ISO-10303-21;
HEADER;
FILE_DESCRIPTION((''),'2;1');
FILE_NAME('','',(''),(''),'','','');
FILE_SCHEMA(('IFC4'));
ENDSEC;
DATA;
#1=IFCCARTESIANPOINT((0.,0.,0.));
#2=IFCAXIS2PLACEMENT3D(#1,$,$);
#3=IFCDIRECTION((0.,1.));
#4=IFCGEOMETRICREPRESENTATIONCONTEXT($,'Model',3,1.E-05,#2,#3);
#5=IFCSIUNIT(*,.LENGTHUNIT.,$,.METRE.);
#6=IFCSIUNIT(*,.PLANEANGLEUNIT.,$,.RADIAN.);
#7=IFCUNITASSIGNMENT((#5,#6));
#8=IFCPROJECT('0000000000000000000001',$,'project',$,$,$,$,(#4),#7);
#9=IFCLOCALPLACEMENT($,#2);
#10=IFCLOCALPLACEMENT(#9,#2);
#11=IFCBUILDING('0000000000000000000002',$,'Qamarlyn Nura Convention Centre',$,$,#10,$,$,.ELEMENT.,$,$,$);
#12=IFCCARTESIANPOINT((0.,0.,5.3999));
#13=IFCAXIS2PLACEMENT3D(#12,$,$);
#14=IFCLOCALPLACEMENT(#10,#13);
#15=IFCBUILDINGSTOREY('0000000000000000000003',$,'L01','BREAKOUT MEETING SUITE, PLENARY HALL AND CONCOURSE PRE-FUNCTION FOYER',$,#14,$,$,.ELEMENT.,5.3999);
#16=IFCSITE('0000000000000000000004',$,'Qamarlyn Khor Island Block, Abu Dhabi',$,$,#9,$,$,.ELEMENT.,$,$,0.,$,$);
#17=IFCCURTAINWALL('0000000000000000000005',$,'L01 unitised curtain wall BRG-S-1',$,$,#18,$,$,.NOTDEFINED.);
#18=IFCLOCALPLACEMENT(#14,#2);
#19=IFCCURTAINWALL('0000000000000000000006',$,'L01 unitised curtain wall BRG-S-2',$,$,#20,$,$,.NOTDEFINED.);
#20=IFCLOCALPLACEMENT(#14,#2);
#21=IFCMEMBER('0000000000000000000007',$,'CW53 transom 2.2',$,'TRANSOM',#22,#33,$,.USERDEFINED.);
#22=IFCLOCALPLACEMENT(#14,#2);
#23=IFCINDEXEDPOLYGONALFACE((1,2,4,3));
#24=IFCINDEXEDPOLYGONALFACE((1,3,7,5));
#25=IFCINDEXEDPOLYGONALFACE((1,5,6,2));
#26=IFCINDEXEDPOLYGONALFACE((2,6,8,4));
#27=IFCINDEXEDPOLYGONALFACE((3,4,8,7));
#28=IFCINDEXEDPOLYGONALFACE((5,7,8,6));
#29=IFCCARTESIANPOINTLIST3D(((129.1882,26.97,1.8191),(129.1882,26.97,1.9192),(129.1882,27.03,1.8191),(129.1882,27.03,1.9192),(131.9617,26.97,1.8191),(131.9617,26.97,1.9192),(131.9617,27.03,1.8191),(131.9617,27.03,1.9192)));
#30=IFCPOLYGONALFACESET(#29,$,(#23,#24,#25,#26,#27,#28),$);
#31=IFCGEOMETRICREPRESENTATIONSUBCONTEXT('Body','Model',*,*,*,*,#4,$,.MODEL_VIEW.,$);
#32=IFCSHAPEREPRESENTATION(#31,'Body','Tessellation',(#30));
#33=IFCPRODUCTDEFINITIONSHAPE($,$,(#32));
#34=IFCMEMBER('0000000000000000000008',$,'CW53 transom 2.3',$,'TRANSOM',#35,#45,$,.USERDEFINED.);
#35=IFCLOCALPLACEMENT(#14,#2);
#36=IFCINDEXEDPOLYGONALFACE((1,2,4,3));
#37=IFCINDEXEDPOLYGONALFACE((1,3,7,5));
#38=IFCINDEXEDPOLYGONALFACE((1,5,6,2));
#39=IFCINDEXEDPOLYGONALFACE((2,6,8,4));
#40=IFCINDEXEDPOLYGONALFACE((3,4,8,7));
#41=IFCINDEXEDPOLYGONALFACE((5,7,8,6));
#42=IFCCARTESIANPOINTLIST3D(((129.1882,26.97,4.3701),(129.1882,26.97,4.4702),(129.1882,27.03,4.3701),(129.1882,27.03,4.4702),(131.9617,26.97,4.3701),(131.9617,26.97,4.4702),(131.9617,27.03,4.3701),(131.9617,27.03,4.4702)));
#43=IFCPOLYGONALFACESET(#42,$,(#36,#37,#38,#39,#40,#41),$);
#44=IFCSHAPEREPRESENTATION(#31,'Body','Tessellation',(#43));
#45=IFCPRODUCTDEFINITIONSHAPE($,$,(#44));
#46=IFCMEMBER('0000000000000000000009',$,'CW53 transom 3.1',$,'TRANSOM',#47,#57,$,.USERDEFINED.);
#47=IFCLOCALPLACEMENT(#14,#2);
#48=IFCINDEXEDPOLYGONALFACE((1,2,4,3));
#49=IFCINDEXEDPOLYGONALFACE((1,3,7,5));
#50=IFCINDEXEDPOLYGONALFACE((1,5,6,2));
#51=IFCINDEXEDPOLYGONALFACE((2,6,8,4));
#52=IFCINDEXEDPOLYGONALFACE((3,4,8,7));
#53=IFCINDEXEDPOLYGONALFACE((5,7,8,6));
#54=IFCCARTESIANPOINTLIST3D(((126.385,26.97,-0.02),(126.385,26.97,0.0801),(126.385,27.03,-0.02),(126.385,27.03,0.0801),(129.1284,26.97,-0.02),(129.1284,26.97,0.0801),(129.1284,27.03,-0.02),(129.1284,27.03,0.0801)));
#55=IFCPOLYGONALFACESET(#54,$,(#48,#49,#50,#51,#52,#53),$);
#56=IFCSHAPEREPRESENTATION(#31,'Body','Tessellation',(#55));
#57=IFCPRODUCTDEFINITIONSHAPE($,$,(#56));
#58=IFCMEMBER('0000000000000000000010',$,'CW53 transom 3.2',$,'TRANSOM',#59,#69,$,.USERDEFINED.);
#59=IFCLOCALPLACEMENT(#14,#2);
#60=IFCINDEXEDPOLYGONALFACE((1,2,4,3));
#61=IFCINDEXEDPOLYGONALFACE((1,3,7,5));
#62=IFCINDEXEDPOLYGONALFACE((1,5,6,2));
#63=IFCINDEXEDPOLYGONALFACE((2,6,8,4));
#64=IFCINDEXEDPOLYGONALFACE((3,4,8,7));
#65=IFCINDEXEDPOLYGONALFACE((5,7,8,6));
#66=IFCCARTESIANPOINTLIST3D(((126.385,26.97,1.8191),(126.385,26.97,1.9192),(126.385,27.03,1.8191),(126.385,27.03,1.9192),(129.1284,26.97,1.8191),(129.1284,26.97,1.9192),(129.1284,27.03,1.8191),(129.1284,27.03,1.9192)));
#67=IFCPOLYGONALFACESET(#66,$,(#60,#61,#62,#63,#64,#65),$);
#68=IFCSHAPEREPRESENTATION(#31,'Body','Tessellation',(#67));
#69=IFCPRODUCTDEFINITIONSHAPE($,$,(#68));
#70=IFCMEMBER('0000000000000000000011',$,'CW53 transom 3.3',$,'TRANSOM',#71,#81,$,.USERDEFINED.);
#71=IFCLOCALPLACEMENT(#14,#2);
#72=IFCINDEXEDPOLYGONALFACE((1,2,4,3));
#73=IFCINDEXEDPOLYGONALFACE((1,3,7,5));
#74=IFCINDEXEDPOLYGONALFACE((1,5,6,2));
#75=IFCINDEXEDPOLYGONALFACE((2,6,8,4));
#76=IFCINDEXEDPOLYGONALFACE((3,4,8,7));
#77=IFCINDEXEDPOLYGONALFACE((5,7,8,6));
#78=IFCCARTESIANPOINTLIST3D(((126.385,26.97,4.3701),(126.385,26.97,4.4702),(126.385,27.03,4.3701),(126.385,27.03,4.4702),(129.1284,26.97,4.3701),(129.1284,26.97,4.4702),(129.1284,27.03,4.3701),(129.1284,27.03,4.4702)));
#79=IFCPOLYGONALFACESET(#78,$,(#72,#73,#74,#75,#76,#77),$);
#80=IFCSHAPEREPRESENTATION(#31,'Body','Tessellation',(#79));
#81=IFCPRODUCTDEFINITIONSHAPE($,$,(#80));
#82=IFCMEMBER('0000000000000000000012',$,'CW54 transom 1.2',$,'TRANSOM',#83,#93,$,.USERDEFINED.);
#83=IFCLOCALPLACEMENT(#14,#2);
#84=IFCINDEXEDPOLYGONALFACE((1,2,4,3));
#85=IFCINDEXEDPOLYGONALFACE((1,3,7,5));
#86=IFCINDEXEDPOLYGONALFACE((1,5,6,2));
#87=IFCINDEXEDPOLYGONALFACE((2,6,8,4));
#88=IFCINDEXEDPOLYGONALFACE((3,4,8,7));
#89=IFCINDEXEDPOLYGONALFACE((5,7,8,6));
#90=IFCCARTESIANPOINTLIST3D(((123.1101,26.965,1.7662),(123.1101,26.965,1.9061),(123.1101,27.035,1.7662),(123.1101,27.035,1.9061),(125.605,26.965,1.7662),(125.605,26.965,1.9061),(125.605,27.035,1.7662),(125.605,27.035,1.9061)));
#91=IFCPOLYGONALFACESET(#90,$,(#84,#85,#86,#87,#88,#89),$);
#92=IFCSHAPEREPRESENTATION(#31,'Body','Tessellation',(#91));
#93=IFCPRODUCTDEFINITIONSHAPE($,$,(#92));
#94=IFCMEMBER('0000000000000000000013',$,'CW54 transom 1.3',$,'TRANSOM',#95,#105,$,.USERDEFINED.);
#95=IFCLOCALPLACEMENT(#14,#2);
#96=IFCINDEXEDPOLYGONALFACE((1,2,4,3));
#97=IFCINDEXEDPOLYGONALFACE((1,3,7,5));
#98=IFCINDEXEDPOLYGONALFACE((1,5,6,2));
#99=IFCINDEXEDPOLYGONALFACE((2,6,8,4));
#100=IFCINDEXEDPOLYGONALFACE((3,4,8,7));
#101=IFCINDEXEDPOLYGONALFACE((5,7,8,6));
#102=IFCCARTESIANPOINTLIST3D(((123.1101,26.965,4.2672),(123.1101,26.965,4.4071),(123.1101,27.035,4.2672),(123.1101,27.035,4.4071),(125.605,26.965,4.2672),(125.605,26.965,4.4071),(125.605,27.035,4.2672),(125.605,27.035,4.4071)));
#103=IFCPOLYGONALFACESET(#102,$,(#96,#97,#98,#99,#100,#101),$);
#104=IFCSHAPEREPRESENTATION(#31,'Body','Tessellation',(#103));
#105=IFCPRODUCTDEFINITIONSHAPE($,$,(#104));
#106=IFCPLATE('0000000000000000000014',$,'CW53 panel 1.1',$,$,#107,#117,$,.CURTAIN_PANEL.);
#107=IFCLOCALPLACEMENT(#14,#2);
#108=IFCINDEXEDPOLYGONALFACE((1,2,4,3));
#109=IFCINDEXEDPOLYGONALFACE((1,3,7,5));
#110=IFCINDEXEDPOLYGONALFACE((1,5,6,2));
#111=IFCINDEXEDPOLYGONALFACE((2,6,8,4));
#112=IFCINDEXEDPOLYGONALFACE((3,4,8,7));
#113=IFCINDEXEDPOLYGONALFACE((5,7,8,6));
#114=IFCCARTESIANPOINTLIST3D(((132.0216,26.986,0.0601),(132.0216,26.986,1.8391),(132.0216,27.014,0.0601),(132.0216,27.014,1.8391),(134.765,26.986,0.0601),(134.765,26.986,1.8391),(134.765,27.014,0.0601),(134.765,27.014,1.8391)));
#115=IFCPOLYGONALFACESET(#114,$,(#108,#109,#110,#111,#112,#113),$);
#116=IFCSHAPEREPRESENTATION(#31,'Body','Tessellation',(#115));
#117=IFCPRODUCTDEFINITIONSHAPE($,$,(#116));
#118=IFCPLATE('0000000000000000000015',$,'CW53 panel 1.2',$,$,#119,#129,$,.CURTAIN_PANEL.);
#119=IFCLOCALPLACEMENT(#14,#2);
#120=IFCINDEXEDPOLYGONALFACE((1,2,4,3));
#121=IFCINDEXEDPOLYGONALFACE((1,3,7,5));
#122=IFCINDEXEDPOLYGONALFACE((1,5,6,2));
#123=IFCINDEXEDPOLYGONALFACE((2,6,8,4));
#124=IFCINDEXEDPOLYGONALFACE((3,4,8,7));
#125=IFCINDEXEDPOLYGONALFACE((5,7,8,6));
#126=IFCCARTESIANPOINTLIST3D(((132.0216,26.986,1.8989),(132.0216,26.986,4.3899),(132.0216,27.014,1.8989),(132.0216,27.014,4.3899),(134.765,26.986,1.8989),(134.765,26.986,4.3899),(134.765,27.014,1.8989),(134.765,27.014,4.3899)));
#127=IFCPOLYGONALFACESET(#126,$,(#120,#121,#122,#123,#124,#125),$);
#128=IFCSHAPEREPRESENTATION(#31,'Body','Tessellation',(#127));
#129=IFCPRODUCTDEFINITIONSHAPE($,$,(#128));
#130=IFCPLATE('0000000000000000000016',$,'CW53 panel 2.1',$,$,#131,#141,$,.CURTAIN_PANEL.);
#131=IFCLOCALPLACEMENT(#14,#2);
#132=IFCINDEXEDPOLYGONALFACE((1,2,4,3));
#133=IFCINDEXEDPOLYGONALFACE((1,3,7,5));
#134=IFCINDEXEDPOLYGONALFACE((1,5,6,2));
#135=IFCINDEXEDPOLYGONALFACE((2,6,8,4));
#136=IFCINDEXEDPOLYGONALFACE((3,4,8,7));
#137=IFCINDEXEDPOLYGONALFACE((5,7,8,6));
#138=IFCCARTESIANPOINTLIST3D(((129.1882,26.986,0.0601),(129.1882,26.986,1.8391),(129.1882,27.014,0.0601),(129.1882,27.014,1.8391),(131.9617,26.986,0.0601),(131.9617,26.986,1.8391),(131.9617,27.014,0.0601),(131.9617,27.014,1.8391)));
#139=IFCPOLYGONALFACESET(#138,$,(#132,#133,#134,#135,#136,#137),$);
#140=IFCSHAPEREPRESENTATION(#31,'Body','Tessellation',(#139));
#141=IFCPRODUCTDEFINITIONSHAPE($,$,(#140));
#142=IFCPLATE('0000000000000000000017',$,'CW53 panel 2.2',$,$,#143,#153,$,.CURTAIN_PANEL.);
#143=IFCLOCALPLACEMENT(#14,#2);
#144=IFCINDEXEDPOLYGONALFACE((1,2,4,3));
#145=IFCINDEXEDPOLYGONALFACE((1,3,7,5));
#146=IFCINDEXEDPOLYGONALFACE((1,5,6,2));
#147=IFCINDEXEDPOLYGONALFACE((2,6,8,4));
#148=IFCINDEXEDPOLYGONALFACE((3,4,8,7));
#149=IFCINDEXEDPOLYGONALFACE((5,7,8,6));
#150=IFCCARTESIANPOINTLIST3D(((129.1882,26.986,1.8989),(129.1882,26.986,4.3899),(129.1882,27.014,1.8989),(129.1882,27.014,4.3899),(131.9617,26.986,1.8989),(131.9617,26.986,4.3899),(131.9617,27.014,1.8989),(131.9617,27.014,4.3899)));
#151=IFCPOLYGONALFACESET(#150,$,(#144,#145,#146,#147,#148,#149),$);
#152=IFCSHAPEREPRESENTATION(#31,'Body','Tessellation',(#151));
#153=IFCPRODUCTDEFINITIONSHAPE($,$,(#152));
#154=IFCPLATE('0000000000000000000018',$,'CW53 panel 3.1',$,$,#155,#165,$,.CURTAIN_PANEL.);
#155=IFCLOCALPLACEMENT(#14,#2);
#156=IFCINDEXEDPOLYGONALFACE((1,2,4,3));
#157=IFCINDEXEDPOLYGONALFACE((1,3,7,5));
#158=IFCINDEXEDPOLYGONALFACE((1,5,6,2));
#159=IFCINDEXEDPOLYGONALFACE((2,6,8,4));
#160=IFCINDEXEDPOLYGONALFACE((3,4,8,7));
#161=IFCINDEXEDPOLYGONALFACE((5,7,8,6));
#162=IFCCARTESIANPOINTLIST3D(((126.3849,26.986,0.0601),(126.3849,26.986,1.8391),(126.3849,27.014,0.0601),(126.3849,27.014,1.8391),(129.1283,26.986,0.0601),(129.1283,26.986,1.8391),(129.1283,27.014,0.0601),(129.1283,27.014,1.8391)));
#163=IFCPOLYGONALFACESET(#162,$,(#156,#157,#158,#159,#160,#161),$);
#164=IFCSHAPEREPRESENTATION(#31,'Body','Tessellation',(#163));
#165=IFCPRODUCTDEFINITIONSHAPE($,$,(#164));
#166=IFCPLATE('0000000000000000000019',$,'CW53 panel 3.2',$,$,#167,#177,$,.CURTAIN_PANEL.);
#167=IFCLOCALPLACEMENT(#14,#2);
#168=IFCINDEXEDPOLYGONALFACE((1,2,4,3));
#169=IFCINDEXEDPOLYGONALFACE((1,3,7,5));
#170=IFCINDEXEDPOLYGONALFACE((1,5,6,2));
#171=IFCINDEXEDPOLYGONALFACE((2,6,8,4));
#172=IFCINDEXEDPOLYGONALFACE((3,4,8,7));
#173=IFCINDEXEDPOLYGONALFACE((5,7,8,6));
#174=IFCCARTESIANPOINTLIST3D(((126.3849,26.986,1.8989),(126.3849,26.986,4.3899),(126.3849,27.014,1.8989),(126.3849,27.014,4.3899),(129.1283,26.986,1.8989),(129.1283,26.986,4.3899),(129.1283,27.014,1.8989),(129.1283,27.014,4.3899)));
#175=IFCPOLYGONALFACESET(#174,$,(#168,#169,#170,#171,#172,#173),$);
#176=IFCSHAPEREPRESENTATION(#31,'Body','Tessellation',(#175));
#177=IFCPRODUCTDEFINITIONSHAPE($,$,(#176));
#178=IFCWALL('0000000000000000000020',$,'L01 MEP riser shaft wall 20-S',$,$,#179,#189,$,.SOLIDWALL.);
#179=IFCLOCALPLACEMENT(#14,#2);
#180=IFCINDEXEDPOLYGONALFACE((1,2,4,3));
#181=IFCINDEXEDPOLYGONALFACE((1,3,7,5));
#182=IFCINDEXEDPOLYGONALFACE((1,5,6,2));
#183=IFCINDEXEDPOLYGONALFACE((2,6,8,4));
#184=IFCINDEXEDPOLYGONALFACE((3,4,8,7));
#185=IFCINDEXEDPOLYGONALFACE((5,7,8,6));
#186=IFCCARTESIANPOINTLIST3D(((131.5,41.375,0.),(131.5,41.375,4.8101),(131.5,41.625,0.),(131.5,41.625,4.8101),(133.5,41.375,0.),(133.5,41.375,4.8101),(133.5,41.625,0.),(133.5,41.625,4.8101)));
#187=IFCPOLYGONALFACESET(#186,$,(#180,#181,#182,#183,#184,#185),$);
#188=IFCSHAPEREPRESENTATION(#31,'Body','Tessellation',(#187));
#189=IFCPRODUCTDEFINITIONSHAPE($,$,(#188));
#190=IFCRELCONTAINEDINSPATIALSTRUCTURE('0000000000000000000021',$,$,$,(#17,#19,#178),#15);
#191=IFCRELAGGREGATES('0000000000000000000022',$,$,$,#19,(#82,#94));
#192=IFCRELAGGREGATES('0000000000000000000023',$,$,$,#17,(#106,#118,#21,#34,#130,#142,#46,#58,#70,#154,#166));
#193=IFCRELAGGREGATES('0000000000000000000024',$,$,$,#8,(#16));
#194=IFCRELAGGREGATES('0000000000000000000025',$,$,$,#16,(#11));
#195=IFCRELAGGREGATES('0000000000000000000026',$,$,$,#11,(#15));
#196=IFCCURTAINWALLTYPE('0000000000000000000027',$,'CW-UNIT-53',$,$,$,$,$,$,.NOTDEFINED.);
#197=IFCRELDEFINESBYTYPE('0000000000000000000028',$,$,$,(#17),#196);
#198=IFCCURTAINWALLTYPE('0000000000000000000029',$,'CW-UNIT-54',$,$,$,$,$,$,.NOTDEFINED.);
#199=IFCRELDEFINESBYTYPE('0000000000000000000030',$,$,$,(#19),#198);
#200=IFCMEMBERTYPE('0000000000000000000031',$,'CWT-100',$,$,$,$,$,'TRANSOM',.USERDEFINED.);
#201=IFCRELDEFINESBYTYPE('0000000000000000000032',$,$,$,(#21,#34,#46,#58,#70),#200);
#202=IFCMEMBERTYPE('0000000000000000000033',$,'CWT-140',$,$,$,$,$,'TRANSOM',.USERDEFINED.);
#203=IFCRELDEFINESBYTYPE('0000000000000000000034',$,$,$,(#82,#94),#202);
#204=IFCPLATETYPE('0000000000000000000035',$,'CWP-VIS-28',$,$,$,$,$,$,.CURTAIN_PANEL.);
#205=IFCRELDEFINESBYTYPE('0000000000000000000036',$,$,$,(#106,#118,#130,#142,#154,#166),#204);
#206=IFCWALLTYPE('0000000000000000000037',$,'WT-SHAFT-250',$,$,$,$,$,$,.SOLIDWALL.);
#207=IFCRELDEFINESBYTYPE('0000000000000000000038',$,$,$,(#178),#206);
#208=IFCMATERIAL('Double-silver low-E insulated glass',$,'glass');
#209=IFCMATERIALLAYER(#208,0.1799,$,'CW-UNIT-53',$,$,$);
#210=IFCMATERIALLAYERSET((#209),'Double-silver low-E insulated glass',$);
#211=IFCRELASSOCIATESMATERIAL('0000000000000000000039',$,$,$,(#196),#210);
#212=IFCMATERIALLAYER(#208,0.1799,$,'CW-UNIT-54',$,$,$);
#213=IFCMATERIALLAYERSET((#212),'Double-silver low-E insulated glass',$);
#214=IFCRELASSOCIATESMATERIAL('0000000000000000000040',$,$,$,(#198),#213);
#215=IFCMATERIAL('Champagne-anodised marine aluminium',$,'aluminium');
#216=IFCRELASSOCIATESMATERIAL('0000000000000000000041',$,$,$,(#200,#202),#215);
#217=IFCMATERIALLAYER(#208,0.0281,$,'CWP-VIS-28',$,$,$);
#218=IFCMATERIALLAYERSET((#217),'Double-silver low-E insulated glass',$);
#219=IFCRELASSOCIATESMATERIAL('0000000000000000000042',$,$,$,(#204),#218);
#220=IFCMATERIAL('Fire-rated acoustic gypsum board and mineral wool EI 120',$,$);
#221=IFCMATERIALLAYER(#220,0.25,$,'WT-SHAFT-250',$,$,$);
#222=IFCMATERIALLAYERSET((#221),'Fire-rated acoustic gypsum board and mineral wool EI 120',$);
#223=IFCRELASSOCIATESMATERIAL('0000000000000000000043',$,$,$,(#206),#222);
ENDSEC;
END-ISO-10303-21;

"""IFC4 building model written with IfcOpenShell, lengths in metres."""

from ifc_helpers import new_model, si_unit, direction, frame, frame_2d, origin, origin_2d, place, context, subcontext, project, spatial, rectangle, extrude, material, layer, layer_set, material_profile, profile_set, type_object, element, aggregate, save


model = new_model("IFC4")

# Units and contexts
model_context = context("Model", 3, precision=1e-05, world=origin(), true_north=direction((0.0, 1.0)))
body_context = subcontext(model_context, "Body", "Model", "MODEL_VIEW")
ifc_project = project(units=[si_unit("LENGTHUNIT", "METRE"), si_unit("PLANEANGLEUNIT", "RADIAN")], contexts=[model_context])

# Site, building, storey
site_placement = place(None, origin())
site = spatial("IfcSite", under=ifc_project, at=site_placement, Name="Qamarlyn Khor Island Block, Abu Dhabi", CompositionType="ELEMENT", RefElevation=0.0)
building_placement = place(site_placement, origin())
building = spatial("IfcBuilding", under=site, at=building_placement, Name="Qamarlyn Nura Convention Centre", CompositionType="ELEMENT")
storey_placement = place(building_placement, frame((0.0, 0.0, 5.3999)))
storey = spatial("IfcBuildingStorey", under=building, at=storey_placement, Name="L01", Description="BREAKOUT MEETING SUITE, PLENARY HALL AND CONCOURSE PRE-FUNCTION FOYER", CompositionType="ELEMENT", Elevation=5.3999)

# Curtain wall
ifc_material_1 = material(Name="Double-silver low-E insulated glass", Category="glass")
ifc_layer_1 = layer(ifc_material_1, 0.1799, Name="CW-UNIT-53")
ifc_layer_set_1 = layer_set([ifc_layer_1], Name="Double-silver low-E insulated glass")
curtain_wall_type_1 = type_object("IfcCurtainWallType", Name="CW-UNIT-53", PredefinedType="NOTDEFINED", material=ifc_layer_set_1)
curtain_wall_1_placement = place(storey_placement, origin())
curtain_wall_1 = element("IfcCurtainWall", 1, at=curtain_wall_1_placement, inside=storey, type_object=curtain_wall_type_1, Name="L01 unitised curtain wall BRG-S-1", PredefinedType="NOTDEFINED")
ifc_material_2 = material(Name="Champagne-anodised marine aluminium", Category="aluminium")

# Curtain wall
ifc_layer_2 = layer(ifc_material_1, 0.1799, Name="CW-UNIT-54")
ifc_layer_set_2 = layer_set([ifc_layer_2], Name="Double-silver low-E insulated glass")
curtain_wall_type_2 = type_object("IfcCurtainWallType", Name="CW-UNIT-54", PredefinedType="NOTDEFINED", material=ifc_layer_set_2)
curtain_wall_2_placement = place(storey_placement, origin())
curtain_wall_2 = element("IfcCurtainWall", 2, at=curtain_wall_2_placement, inside=storey, type_object=curtain_wall_type_2, Name="L01 unitised curtain wall BRG-S-2", PredefinedType="NOTDEFINED")

# Members
ifc_material_profile_1 = material_profile(ifc_material_2, rectangle(XDim=0.0601, YDim=0.1001, at=origin_2d()), Name="ALU TRANSOM 60x100")
ifc_profile_set_1 = profile_set([ifc_material_profile_1], Name="Champagne-anodised marine aluminium")
member_type_1 = type_object("IfcMemberType", Name="CWT-100", ElementType="TRANSOM", PredefinedType="USERDEFINED", material=ifc_profile_set_1)
member_1_placement = place(storey_placement, frame((131.9617, 27.0, 1.8691), z_axis=(-1.0, 0.0, 0.0), x_axis=(0.0, -1.0, 0.0)))
member_1 = element("IfcMember", 3, at=member_1_placement, type_object=member_type_1, Name="CW53 transom 2.2", ObjectType="TRANSOM", PredefinedType="USERDEFINED", context=body_context, shape_type="SweptSolid", body=[
    extrude(rectangle(XDim=0.0601, YDim=0.1001, at=origin_2d()), origin(), (0.0, 0.0, 1.0), 2.7734),
])
member_2_placement = place(storey_placement, frame((131.9617, 27.0, 4.4202), z_axis=(-1.0, 0.0, 0.0), x_axis=(0.0, -1.0, 0.0)))
member_2 = element("IfcMember", 4, at=member_2_placement, type_object=member_type_1, Name="CW53 transom 2.3", ObjectType="TRANSOM", PredefinedType="USERDEFINED", context=body_context, shape_type="SweptSolid", body=[
    extrude(rectangle(XDim=0.0601, YDim=0.1001, at=origin_2d()), origin(), (0.0, 0.0, 1.0), 2.7734),
])
member_3_placement = place(storey_placement, frame((129.1284, 27.0, 0.03), z_axis=(-1.0, 0.0, 0.0), x_axis=(0.0, -1.0, 0.0)))
member_3 = element("IfcMember", 5, at=member_3_placement, type_object=member_type_1, Name="CW53 transom 3.1", ObjectType="TRANSOM", PredefinedType="USERDEFINED", context=body_context, shape_type="SweptSolid", body=[
    extrude(rectangle(XDim=0.0601, YDim=0.1001, at=origin_2d()), origin(), (0.0, 0.0, 1.0), 2.7434),
])
member_4_placement = place(storey_placement, frame((129.1284, 27.0, 1.8691), z_axis=(-1.0, 0.0, 0.0), x_axis=(0.0, -1.0, 0.0)))
member_4 = element("IfcMember", 6, at=member_4_placement, type_object=member_type_1, Name="CW53 transom 3.2", ObjectType="TRANSOM", PredefinedType="USERDEFINED", context=body_context, shape_type="SweptSolid", body=[
    extrude(rectangle(XDim=0.0601, YDim=0.1001, at=origin_2d()), origin(), (0.0, 0.0, 1.0), 2.7434),
])
member_5_placement = place(storey_placement, frame((129.1284, 27.0, 4.4202), z_axis=(-1.0, 0.0, 0.0), x_axis=(0.0, -1.0, 0.0)))
member_5 = element("IfcMember", 7, at=member_5_placement, type_object=member_type_1, Name="CW53 transom 3.3", ObjectType="TRANSOM", PredefinedType="USERDEFINED", context=body_context, shape_type="SweptSolid", body=[
    extrude(rectangle(XDim=0.0601, YDim=0.1001, at=origin_2d()), origin(), (0.0, 0.0, 1.0), 2.7434),
])
ifc_material_profile_2 = material_profile(ifc_material_2, rectangle(XDim=0.0701, YDim=0.1399, at=origin_2d()), Name="ALU TRANSOM 70x140")
ifc_profile_set_2 = profile_set([ifc_material_profile_2], Name="Champagne-anodised marine aluminium")
member_type_2 = type_object("IfcMemberType", Name="CWT-140", ElementType="TRANSOM", PredefinedType="USERDEFINED", material=ifc_profile_set_2)
member_6_placement = place(storey_placement, frame((125.605, 27.0, 1.8362), z_axis=(-1.0, 0.0, 0.0), x_axis=(0.0, -1.0, 0.0)))
member_6 = element("IfcMember", 8, at=member_6_placement, type_object=member_type_2, Name="CW54 transom 1.2", ObjectType="TRANSOM", PredefinedType="USERDEFINED", context=body_context, shape_type="SweptSolid", body=[
    extrude(rectangle(XDim=0.0701, YDim=0.1399, at=origin_2d()), origin(), (0.0, 0.0, 1.0), 2.4949),
])
member_7_placement = place(storey_placement, frame((125.605, 27.0, 4.3372), z_axis=(-1.0, 0.0, 0.0), x_axis=(0.0, -1.0, 0.0)))
member_7 = element("IfcMember", 9, at=member_7_placement, type_object=member_type_2, Name="CW54 transom 1.3", ObjectType="TRANSOM", PredefinedType="USERDEFINED", context=body_context, shape_type="SweptSolid", body=[
    extrude(rectangle(XDim=0.0701, YDim=0.1399, at=origin_2d()), origin(), (0.0, 0.0, 1.0), 2.4949),
])
aggregate(curtain_wall_2, [member_6, member_7])

# Plates
ifc_layer_3 = layer(ifc_material_1, 0.0281, Name="CWP-VIS-28")
ifc_layer_set_3 = layer_set([ifc_layer_3], Name="Double-silver low-E insulated glass")
plate_type = type_object("IfcPlateType", Name="CWP-VIS-28", PredefinedType="CURTAIN_PANEL", material=ifc_layer_set_3)
plate_1_placement = place(storey_placement, frame((133.3933, 27.0, 0.0601), z_axis=(0.0, 0.0, 1.0), x_axis=(-1.0, 0.0, 0.0)))
plate_1 = element("IfcPlate", 10, at=plate_1_placement, type_object=plate_type, Name="CW53 panel 1.1", PredefinedType="CURTAIN_PANEL", context=body_context, shape_type="SweptSolid", body=[
    extrude(rectangle(XDim=2.7434, YDim=0.0281, at=origin_2d()), origin(), (0.0, 0.0, 1.0), 1.7791),
])
plate_2_placement = place(storey_placement, frame((133.3933, 27.0, 1.8989), z_axis=(0.0, 0.0, 1.0), x_axis=(-1.0, 0.0, 0.0)))
plate_2 = element("IfcPlate", 11, at=plate_2_placement, type_object=plate_type, Name="CW53 panel 1.2", PredefinedType="CURTAIN_PANEL", context=body_context, shape_type="SweptSolid", body=[
    extrude(rectangle(XDim=2.7434, YDim=0.0281, at=origin_2d()), origin(), (0.0, 0.0, 1.0), 2.491),
])
plate_3_placement = place(storey_placement, frame((130.575, 27.0, 0.0601), z_axis=(0.0, 0.0, 1.0), x_axis=(-1.0, 0.0, 0.0)))
plate_3 = element("IfcPlate", 12, at=plate_3_placement, type_object=plate_type, Name="CW53 panel 2.1", PredefinedType="CURTAIN_PANEL", context=body_context, shape_type="SweptSolid", body=[
    extrude(rectangle(XDim=2.7734, YDim=0.0281, at=origin_2d()), origin(), (0.0, 0.0, 1.0), 1.7791),
])
plate_4_placement = place(storey_placement, frame((130.575, 27.0, 1.8989), z_axis=(0.0, 0.0, 1.0), x_axis=(-1.0, 0.0, 0.0)))
plate_4 = element("IfcPlate", 13, at=plate_4_placement, type_object=plate_type, Name="CW53 panel 2.2", PredefinedType="CURTAIN_PANEL", context=body_context, shape_type="SweptSolid", body=[
    extrude(rectangle(XDim=2.7734, YDim=0.0281, at=origin_2d()), origin(), (0.0, 0.0, 1.0), 2.491),
])
plate_5_placement = place(storey_placement, frame((127.7566, 27.0, 0.0601), z_axis=(0.0, 0.0, 1.0), x_axis=(-1.0, 0.0, 0.0)))
plate_5 = element("IfcPlate", 14, at=plate_5_placement, type_object=plate_type, Name="CW53 panel 3.1", PredefinedType="CURTAIN_PANEL", context=body_context, shape_type="SweptSolid", body=[
    extrude(rectangle(XDim=2.7434, YDim=0.0281, at=origin_2d()), origin(), (0.0, 0.0, 1.0), 1.7791),
])
plate_6_placement = place(storey_placement, frame((127.7566, 27.0, 1.8989), z_axis=(0.0, 0.0, 1.0), x_axis=(-1.0, 0.0, 0.0)))
plate_6 = element("IfcPlate", 15, at=plate_6_placement, type_object=plate_type, Name="CW53 panel 3.2", PredefinedType="CURTAIN_PANEL", context=body_context, shape_type="SweptSolid", body=[
    extrude(rectangle(XDim=2.7434, YDim=0.0281, at=origin_2d()), origin(), (0.0, 0.0, 1.0), 2.491),
])
aggregate(curtain_wall_1, [plate_1, plate_2, member_1, member_2, plate_3, plate_4, member_3, member_4, member_5, plate_5, plate_6])

# Wall
ifc_material_3 = material(Name="Fire-rated acoustic gypsum board and mineral wool EI 120")
ifc_layer_4 = layer(ifc_material_3, 0.25, Name="WT-SHAFT-250")
ifc_layer_set_4 = layer_set([ifc_layer_4], Name="Fire-rated acoustic gypsum board and mineral wool EI 120")
wall_type = type_object("IfcWallType", Name="WT-SHAFT-250", PredefinedType="SOLIDWALL", material=ifc_layer_set_4)
for number, where, z_axis, x_axis, name in (
    (16, (131.5, 41.5, 0.0), (0.0, 0.0, 1.0), (1.0, 0.0, 0.0), "L01 MEP riser shaft wall 20-S"),
):
    element("IfcWall", number, at=place(storey_placement, frame(where, z_axis=z_axis, x_axis=x_axis)), inside=storey, type_object=wall_type, Name=name, PredefinedType="SOLIDWALL", context=body_context, shape_type="SweptSolid", body=[
        extrude(rectangle(XDim=2.0, YDim=0.25, at=frame_2d((1.0, 0.0))), origin(), (0.0, 0.0, 1.0), 4.8101),
    ])

save(model, "model.ifc")
